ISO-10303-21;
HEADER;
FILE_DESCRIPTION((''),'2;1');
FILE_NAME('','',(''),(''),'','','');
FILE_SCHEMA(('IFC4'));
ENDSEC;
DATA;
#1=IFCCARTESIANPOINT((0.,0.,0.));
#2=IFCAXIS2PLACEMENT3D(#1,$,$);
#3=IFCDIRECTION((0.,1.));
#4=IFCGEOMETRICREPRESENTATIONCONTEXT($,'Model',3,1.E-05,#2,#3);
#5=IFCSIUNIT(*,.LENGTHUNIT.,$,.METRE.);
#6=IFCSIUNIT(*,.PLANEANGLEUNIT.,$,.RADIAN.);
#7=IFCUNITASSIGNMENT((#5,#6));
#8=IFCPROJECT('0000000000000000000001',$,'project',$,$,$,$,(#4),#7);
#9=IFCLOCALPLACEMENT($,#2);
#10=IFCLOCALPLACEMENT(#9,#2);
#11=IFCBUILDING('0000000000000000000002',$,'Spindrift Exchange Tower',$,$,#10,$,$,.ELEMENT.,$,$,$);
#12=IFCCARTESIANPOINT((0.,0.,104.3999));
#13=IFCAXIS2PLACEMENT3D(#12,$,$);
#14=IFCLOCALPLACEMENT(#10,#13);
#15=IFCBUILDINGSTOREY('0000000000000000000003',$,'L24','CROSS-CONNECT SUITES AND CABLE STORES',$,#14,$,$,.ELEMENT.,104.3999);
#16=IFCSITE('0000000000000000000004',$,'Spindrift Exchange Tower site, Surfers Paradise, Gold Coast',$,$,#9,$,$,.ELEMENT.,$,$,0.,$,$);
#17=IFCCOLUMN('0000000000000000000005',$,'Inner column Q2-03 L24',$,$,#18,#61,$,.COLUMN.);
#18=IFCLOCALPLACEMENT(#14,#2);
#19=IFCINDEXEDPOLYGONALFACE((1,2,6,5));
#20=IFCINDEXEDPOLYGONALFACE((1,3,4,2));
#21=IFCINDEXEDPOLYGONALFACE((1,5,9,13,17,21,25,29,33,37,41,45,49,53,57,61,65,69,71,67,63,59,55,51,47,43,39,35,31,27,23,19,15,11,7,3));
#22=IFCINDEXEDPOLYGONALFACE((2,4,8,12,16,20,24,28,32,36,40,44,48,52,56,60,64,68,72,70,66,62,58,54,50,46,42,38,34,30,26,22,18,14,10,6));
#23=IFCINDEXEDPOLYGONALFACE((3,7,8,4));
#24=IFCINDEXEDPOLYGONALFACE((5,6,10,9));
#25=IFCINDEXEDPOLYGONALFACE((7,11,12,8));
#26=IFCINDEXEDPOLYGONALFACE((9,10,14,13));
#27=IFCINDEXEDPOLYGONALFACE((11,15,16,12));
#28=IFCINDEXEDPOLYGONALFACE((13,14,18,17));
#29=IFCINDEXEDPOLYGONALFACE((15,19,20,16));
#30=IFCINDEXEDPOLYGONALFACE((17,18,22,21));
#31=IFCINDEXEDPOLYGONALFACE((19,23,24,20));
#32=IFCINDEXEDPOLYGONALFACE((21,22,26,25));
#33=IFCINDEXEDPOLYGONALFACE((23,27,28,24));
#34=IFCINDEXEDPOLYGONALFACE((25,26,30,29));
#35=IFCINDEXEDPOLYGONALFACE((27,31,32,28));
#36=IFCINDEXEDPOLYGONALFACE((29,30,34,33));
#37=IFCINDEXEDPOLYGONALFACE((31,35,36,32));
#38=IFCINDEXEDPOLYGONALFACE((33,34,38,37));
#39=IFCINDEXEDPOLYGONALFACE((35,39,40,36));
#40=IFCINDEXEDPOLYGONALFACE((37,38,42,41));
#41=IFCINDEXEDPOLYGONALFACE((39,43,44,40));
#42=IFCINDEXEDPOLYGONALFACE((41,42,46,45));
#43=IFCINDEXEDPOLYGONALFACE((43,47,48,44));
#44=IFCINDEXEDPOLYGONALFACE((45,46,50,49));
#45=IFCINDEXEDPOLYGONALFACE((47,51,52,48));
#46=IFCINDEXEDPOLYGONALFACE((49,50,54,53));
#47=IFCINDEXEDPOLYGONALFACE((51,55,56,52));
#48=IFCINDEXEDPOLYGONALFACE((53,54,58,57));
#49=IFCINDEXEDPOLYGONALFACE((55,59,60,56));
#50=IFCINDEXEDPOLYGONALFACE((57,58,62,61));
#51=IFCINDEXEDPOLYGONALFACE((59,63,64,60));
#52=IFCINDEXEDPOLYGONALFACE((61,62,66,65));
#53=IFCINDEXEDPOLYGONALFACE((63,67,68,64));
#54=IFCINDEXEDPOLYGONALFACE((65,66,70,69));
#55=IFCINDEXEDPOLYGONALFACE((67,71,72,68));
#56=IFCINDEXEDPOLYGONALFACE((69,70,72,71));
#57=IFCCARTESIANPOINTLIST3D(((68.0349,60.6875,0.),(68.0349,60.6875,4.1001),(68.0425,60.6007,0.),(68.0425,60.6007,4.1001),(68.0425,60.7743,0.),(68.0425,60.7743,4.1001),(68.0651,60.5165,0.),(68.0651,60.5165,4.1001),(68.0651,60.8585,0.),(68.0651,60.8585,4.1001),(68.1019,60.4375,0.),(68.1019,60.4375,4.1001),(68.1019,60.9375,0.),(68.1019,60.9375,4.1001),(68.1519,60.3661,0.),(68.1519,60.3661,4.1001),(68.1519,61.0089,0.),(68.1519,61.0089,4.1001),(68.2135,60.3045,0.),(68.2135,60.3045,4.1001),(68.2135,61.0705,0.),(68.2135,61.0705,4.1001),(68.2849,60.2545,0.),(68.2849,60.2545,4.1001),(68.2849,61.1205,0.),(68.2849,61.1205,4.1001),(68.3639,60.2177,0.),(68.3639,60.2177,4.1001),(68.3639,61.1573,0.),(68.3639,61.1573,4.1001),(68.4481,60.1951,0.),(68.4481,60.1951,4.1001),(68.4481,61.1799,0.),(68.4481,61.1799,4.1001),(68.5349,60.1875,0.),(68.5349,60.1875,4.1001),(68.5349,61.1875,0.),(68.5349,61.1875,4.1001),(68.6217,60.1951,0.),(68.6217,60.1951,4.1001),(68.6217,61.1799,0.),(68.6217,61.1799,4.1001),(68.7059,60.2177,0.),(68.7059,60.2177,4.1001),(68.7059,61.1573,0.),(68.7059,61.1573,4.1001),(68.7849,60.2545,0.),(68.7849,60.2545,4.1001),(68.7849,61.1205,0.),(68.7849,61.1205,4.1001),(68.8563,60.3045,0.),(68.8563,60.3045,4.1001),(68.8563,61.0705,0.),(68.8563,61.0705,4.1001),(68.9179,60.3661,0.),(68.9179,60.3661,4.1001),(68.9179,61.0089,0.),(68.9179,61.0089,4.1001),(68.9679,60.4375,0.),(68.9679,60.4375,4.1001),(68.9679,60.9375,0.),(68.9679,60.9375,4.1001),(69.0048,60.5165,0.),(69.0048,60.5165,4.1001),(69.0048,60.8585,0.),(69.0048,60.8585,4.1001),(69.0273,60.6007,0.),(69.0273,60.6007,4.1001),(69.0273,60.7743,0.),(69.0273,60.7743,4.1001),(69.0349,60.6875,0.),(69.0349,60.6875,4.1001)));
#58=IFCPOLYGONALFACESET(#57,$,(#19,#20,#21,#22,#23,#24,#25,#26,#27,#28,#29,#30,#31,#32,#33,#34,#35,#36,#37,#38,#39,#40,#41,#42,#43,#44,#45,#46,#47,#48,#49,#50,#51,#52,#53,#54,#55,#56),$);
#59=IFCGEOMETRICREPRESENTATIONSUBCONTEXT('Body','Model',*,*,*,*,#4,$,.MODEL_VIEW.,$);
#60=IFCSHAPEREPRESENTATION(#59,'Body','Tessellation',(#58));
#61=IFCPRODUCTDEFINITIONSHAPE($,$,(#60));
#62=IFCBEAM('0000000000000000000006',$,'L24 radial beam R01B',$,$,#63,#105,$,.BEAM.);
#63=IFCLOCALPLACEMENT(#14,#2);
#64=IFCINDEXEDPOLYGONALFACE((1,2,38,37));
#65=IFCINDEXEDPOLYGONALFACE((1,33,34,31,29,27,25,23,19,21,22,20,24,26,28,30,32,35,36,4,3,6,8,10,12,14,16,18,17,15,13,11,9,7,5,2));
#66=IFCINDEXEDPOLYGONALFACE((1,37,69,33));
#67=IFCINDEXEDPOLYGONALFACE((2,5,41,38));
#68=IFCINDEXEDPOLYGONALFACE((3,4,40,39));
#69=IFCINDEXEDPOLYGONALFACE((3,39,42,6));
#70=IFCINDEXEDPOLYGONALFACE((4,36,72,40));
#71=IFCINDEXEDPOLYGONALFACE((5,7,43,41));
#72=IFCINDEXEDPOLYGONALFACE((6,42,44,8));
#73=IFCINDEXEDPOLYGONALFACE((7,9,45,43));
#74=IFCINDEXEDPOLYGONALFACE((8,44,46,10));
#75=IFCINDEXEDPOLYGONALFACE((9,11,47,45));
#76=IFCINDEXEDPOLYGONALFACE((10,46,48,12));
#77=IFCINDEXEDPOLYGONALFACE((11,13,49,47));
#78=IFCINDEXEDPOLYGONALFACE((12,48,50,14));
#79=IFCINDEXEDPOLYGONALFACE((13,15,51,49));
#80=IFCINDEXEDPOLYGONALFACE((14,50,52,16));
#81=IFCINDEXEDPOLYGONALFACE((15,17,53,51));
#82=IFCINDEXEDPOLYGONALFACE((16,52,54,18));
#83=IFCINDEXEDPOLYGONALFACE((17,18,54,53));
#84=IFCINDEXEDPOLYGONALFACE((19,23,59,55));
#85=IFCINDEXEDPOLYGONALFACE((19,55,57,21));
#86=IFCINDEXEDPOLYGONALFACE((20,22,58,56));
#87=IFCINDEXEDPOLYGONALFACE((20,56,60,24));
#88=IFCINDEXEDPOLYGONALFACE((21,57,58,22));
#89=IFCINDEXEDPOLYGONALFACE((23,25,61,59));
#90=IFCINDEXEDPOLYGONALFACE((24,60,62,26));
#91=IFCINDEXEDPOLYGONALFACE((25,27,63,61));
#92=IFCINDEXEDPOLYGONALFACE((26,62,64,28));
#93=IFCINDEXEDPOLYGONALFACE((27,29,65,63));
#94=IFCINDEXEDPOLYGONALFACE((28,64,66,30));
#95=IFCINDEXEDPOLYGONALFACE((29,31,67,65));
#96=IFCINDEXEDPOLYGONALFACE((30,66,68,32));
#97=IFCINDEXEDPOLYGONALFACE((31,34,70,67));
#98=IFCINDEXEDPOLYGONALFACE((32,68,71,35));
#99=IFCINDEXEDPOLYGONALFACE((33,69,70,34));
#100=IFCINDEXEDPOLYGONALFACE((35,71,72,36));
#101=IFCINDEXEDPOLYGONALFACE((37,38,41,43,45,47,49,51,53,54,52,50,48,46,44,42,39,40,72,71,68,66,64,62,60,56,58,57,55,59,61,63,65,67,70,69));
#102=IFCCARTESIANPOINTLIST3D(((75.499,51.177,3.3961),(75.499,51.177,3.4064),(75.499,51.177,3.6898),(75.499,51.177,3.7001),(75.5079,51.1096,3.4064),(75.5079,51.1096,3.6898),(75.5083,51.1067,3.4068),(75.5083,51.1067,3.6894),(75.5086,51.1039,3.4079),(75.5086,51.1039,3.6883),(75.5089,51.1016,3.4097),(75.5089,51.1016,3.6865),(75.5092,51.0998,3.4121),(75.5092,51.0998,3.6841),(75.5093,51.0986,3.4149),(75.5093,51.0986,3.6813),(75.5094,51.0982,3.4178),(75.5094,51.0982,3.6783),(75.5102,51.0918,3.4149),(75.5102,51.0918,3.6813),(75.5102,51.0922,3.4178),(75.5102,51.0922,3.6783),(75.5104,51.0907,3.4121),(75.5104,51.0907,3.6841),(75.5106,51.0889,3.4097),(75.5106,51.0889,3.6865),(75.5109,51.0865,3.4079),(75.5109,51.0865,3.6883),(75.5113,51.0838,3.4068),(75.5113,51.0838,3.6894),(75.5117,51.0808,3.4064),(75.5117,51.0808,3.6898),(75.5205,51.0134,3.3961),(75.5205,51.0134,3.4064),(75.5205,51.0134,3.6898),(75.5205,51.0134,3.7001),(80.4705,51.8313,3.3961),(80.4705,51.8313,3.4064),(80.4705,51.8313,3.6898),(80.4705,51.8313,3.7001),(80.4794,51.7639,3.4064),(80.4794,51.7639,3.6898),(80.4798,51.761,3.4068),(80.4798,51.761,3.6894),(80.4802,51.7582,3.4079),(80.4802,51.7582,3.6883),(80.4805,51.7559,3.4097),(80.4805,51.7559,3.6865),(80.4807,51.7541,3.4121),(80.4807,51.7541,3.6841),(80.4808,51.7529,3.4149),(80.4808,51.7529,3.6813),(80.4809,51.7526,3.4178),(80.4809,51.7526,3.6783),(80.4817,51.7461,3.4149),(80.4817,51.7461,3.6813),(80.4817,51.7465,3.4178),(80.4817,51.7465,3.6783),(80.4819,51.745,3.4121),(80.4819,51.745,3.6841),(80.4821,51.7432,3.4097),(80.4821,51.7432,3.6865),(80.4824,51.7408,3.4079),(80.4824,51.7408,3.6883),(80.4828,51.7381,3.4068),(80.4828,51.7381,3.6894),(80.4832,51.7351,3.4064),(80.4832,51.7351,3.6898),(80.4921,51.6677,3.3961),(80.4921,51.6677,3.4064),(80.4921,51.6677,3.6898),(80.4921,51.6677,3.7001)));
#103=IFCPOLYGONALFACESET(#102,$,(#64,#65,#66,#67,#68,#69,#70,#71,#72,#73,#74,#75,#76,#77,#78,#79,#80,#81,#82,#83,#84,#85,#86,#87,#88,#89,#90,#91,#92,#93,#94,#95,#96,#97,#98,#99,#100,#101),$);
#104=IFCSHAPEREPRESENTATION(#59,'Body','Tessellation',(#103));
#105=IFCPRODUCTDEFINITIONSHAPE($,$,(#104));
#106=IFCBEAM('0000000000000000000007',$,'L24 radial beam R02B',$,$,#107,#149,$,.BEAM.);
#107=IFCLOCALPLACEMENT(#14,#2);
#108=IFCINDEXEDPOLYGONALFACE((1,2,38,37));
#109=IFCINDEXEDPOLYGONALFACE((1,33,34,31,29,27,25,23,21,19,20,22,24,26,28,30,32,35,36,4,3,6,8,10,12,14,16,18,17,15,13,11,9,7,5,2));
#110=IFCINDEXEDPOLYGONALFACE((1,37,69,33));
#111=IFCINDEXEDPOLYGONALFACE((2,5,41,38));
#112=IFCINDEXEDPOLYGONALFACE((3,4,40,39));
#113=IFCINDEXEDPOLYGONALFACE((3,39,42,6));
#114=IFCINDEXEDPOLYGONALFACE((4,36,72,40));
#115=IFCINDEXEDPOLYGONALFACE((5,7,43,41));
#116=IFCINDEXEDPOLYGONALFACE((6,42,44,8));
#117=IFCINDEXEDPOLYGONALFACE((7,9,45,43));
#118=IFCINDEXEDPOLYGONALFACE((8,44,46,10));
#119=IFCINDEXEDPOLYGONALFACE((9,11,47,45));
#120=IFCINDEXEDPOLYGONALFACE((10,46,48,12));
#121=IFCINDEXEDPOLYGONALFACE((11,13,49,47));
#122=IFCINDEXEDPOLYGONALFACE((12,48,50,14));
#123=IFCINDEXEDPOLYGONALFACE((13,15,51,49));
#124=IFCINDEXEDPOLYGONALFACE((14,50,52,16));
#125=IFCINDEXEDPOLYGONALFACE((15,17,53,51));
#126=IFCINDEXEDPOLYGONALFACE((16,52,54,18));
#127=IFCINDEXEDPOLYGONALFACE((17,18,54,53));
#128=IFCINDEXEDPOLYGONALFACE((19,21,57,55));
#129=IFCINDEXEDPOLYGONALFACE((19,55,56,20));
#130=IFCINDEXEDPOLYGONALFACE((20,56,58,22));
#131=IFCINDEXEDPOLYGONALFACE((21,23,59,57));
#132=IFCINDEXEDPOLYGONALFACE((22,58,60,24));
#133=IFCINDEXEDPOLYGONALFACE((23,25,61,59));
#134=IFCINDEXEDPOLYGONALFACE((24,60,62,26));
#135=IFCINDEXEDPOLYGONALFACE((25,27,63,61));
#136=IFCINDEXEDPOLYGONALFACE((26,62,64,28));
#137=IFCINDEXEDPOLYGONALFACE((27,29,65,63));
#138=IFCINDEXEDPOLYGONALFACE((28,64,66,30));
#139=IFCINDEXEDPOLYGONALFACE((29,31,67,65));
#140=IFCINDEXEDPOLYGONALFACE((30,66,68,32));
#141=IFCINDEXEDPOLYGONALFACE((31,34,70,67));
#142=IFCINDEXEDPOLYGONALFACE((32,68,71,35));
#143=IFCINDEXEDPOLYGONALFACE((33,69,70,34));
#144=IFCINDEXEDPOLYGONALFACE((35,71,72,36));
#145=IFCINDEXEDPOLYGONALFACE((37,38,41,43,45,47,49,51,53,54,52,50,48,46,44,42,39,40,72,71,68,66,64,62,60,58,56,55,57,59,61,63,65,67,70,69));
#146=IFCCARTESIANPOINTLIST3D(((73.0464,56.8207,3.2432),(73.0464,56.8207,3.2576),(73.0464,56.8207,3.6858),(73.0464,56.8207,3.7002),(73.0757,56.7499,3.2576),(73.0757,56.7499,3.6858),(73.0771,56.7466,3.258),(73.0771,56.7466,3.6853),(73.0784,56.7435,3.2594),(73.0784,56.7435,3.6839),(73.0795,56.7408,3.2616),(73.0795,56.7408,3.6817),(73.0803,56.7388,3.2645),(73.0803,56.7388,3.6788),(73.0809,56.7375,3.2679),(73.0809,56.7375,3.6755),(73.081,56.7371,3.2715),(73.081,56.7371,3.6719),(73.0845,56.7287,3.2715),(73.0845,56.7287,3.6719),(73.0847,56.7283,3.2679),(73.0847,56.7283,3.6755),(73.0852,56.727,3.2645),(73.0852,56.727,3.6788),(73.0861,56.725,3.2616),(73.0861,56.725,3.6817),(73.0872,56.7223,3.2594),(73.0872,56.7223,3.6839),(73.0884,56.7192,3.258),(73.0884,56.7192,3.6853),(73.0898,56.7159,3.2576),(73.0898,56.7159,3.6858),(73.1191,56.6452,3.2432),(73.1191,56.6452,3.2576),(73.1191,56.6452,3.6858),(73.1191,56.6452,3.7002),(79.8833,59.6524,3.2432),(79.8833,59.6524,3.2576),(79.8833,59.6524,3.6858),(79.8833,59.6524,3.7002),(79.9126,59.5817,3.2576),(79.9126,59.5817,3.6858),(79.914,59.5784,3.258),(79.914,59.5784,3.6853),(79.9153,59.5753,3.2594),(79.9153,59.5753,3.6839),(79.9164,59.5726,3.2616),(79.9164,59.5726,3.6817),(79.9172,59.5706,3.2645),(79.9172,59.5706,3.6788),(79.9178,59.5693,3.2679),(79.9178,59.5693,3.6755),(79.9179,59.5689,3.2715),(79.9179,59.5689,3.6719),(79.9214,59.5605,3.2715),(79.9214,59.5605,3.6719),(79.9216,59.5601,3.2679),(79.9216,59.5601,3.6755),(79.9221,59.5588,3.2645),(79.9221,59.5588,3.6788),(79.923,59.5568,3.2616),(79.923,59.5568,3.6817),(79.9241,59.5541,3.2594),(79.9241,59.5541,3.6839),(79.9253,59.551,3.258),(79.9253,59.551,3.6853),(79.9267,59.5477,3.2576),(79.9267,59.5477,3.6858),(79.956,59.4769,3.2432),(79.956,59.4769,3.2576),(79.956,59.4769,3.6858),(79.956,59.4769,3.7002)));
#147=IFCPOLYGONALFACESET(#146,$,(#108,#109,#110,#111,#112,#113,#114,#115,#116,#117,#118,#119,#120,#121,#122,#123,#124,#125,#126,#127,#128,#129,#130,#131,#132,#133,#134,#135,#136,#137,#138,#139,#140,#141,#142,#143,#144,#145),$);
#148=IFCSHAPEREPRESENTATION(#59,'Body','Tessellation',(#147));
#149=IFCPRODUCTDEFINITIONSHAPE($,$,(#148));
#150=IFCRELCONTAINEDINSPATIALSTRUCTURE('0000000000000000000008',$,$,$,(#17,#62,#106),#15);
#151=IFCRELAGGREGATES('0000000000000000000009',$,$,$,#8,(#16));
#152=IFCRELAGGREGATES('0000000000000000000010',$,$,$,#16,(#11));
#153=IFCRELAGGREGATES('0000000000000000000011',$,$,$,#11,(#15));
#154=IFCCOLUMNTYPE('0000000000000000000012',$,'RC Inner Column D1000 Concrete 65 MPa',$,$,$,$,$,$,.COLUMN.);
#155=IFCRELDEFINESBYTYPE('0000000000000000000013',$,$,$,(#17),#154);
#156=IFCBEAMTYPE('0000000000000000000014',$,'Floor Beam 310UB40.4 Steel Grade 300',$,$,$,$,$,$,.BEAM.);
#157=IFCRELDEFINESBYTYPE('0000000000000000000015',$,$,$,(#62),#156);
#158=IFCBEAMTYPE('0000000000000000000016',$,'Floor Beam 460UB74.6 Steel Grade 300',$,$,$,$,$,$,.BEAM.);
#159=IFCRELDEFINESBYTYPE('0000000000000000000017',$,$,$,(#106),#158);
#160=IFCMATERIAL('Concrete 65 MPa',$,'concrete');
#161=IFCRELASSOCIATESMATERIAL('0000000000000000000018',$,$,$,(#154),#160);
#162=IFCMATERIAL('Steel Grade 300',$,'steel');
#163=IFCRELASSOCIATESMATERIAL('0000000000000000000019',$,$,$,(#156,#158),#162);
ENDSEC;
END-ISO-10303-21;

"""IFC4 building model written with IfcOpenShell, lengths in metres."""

from ifc_helpers import new_model, si_unit, direction, frame, origin, origin_2d, place, context, subcontext, project, spatial, circle, i_section, extrude, source, transform, mapped, material, material_profile, profile_set, type_object, element, save


model = new_model("IFC4")

# Units and contexts
model_context = context("Model", 3, precision=1e-05, world=origin(), true_north=direction((0.0, 1.0)))
body_context = subcontext(model_context, "Body", "Model", "MODEL_VIEW")
ifc_project = project(units=[si_unit("LENGTHUNIT", "METRE"), si_unit("PLANEANGLEUNIT", "RADIAN")], contexts=[model_context])

# Site, building, storey
site_placement = place(None, origin())
site = spatial("IfcSite", under=ifc_project, at=site_placement, Name="Spindrift Exchange Tower site, Surfers Paradise, Gold Coast", CompositionType="ELEMENT", RefElevation=0.0)
building_placement = place(site_placement, origin())
building = spatial("IfcBuilding", under=site, at=building_placement, Name="Spindrift Exchange Tower", CompositionType="ELEMENT")
storey_placement = place(building_placement, frame((0.0, 0.0, 104.3999)))
storey = spatial("IfcBuildingStorey", under=building, at=storey_placement, Name="L24", Description="CROSS-CONNECT SUITES AND CABLE STORES", CompositionType="ELEMENT", Elevation=104.3999)

# Column
ifc_material_1 = material(Name="Concrete 65 MPa", Category="concrete")
ifc_material_profile_1 = material_profile(ifc_material_1, circle(Radius=0.5, at=origin_2d()), Name="RC D1000")
ifc_profile_set_1 = profile_set([ifc_material_profile_1], Name="Concrete 65 MPa")
column_type_1 = type_object("IfcColumnType", Name="RC Inner Column D1000 Concrete 65 MPa", PredefinedType="COLUMN", material=ifc_profile_set_1)
shared_shape_1 = source(origin(), body_context, "Body", "SweptSolid", [
    extrude(circle(Radius=0.5, at=origin_2d()), origin(), (0.0, 0.0, 1.0), 4.1001),
])
for number, where, z_axis, x_axis, name in (
    (1, (68.5349, 60.6875, 0.0), (0.0, 0.0, 1.0), (1.0, 0.0, 0.0), "Inner column Q2-03 L24"),
):
    element("IfcColumn", number, at=place(storey_placement, frame(where, z_axis=z_axis, x_axis=x_axis)), inside=storey, type_object=column_type_1, Name=name, PredefinedType="COLUMN", context=body_context, shape_type="MappedRepresentation", body=[
        mapped(shared_shape_1, transform((0.0, 0.0, 0.0), scale=1.0)),
    ])

# Beams
ifc_material_2 = material(Name="Steel Grade 300", Category="steel")
ifc_material_profile_2 = material_profile(ifc_material_2, i_section(OverallWidth=0.165, OverallDepth=0.304, WebThickness=0.0061, FlangeThickness=0.0103, FilletRadius=0.0115, at=origin_2d()), Name="310UB40.4")
ifc_profile_set_2 = profile_set([ifc_material_profile_2], Name="Steel Grade 300")
beam_type_1 = type_object("IfcBeamType", Name="Floor Beam 310UB40.4 Steel Grade 300", PredefinedType="BEAM", material=ifc_profile_set_2)
shared_shape_2 = source(origin(), body_context, "Body", "SweptSolid", [
    extrude(i_section(OverallWidth=0.165, OverallDepth=0.304, WebThickness=0.0061, FlangeThickness=0.0103, FilletRadius=0.0115, at=origin_2d()), origin(), (0.0, 0.0, 1.0), 5.0144),
])
beam_1_placement = place(storey_placement, frame((75.5098, 51.0952, 3.5481), z_axis=(0.99145, 0.130486, 0.0), x_axis=(-0.130486, 0.99145, 0.0)))
element("IfcBeam", 2, at=beam_1_placement, inside=storey, type_object=beam_type_1, Name="L24 radial beam R01B", PredefinedType="BEAM", context=body_context, shape_type="MappedRepresentation", body=[
    mapped(shared_shape_2, transform((0.0, 0.0, 0.0), scale=1.0)),
])
ifc_material_profile_3 = material_profile(ifc_material_2, i_section(OverallWidth=0.1899, OverallDepth=0.457, WebThickness=0.009, FlangeThickness=0.0144, FilletRadius=0.0139, at=origin_2d()), Name="460UB74.6")
ifc_profile_set_3 = profile_set([ifc_material_profile_3], Name="Steel Grade 300")
beam_type_2 = type_object("IfcBeamType", Name="Floor Beam 460UB74.6 Steel Grade 300", PredefinedType="BEAM", material=ifc_profile_set_3)
shared_shape_3 = source(origin(), body_context, "Body", "SweptSolid", [
    extrude(i_section(OverallWidth=0.1899, OverallDepth=0.457, WebThickness=0.009, FlangeThickness=0.0144, FilletRadius=0.0139, at=origin_2d()), origin(), (0.0, 0.0, 1.0), 7.4001),
])
beam_2_placement = place(storey_placement, frame((73.0828, 56.7329, 3.4717), z_axis=(0.923887, 0.382666, 0.0), x_axis=(-0.382666, 0.923887, 0.0)))
element("IfcBeam", 3, at=beam_2_placement, inside=storey, type_object=beam_type_2, Name="L24 radial beam R02B", PredefinedType="BEAM", context=body_context, shape_type="MappedRepresentation", body=[
    mapped(shared_shape_3, transform((0.0, 0.0, 0.0), scale=1.0)),
])

save(model, "model.ifc")
